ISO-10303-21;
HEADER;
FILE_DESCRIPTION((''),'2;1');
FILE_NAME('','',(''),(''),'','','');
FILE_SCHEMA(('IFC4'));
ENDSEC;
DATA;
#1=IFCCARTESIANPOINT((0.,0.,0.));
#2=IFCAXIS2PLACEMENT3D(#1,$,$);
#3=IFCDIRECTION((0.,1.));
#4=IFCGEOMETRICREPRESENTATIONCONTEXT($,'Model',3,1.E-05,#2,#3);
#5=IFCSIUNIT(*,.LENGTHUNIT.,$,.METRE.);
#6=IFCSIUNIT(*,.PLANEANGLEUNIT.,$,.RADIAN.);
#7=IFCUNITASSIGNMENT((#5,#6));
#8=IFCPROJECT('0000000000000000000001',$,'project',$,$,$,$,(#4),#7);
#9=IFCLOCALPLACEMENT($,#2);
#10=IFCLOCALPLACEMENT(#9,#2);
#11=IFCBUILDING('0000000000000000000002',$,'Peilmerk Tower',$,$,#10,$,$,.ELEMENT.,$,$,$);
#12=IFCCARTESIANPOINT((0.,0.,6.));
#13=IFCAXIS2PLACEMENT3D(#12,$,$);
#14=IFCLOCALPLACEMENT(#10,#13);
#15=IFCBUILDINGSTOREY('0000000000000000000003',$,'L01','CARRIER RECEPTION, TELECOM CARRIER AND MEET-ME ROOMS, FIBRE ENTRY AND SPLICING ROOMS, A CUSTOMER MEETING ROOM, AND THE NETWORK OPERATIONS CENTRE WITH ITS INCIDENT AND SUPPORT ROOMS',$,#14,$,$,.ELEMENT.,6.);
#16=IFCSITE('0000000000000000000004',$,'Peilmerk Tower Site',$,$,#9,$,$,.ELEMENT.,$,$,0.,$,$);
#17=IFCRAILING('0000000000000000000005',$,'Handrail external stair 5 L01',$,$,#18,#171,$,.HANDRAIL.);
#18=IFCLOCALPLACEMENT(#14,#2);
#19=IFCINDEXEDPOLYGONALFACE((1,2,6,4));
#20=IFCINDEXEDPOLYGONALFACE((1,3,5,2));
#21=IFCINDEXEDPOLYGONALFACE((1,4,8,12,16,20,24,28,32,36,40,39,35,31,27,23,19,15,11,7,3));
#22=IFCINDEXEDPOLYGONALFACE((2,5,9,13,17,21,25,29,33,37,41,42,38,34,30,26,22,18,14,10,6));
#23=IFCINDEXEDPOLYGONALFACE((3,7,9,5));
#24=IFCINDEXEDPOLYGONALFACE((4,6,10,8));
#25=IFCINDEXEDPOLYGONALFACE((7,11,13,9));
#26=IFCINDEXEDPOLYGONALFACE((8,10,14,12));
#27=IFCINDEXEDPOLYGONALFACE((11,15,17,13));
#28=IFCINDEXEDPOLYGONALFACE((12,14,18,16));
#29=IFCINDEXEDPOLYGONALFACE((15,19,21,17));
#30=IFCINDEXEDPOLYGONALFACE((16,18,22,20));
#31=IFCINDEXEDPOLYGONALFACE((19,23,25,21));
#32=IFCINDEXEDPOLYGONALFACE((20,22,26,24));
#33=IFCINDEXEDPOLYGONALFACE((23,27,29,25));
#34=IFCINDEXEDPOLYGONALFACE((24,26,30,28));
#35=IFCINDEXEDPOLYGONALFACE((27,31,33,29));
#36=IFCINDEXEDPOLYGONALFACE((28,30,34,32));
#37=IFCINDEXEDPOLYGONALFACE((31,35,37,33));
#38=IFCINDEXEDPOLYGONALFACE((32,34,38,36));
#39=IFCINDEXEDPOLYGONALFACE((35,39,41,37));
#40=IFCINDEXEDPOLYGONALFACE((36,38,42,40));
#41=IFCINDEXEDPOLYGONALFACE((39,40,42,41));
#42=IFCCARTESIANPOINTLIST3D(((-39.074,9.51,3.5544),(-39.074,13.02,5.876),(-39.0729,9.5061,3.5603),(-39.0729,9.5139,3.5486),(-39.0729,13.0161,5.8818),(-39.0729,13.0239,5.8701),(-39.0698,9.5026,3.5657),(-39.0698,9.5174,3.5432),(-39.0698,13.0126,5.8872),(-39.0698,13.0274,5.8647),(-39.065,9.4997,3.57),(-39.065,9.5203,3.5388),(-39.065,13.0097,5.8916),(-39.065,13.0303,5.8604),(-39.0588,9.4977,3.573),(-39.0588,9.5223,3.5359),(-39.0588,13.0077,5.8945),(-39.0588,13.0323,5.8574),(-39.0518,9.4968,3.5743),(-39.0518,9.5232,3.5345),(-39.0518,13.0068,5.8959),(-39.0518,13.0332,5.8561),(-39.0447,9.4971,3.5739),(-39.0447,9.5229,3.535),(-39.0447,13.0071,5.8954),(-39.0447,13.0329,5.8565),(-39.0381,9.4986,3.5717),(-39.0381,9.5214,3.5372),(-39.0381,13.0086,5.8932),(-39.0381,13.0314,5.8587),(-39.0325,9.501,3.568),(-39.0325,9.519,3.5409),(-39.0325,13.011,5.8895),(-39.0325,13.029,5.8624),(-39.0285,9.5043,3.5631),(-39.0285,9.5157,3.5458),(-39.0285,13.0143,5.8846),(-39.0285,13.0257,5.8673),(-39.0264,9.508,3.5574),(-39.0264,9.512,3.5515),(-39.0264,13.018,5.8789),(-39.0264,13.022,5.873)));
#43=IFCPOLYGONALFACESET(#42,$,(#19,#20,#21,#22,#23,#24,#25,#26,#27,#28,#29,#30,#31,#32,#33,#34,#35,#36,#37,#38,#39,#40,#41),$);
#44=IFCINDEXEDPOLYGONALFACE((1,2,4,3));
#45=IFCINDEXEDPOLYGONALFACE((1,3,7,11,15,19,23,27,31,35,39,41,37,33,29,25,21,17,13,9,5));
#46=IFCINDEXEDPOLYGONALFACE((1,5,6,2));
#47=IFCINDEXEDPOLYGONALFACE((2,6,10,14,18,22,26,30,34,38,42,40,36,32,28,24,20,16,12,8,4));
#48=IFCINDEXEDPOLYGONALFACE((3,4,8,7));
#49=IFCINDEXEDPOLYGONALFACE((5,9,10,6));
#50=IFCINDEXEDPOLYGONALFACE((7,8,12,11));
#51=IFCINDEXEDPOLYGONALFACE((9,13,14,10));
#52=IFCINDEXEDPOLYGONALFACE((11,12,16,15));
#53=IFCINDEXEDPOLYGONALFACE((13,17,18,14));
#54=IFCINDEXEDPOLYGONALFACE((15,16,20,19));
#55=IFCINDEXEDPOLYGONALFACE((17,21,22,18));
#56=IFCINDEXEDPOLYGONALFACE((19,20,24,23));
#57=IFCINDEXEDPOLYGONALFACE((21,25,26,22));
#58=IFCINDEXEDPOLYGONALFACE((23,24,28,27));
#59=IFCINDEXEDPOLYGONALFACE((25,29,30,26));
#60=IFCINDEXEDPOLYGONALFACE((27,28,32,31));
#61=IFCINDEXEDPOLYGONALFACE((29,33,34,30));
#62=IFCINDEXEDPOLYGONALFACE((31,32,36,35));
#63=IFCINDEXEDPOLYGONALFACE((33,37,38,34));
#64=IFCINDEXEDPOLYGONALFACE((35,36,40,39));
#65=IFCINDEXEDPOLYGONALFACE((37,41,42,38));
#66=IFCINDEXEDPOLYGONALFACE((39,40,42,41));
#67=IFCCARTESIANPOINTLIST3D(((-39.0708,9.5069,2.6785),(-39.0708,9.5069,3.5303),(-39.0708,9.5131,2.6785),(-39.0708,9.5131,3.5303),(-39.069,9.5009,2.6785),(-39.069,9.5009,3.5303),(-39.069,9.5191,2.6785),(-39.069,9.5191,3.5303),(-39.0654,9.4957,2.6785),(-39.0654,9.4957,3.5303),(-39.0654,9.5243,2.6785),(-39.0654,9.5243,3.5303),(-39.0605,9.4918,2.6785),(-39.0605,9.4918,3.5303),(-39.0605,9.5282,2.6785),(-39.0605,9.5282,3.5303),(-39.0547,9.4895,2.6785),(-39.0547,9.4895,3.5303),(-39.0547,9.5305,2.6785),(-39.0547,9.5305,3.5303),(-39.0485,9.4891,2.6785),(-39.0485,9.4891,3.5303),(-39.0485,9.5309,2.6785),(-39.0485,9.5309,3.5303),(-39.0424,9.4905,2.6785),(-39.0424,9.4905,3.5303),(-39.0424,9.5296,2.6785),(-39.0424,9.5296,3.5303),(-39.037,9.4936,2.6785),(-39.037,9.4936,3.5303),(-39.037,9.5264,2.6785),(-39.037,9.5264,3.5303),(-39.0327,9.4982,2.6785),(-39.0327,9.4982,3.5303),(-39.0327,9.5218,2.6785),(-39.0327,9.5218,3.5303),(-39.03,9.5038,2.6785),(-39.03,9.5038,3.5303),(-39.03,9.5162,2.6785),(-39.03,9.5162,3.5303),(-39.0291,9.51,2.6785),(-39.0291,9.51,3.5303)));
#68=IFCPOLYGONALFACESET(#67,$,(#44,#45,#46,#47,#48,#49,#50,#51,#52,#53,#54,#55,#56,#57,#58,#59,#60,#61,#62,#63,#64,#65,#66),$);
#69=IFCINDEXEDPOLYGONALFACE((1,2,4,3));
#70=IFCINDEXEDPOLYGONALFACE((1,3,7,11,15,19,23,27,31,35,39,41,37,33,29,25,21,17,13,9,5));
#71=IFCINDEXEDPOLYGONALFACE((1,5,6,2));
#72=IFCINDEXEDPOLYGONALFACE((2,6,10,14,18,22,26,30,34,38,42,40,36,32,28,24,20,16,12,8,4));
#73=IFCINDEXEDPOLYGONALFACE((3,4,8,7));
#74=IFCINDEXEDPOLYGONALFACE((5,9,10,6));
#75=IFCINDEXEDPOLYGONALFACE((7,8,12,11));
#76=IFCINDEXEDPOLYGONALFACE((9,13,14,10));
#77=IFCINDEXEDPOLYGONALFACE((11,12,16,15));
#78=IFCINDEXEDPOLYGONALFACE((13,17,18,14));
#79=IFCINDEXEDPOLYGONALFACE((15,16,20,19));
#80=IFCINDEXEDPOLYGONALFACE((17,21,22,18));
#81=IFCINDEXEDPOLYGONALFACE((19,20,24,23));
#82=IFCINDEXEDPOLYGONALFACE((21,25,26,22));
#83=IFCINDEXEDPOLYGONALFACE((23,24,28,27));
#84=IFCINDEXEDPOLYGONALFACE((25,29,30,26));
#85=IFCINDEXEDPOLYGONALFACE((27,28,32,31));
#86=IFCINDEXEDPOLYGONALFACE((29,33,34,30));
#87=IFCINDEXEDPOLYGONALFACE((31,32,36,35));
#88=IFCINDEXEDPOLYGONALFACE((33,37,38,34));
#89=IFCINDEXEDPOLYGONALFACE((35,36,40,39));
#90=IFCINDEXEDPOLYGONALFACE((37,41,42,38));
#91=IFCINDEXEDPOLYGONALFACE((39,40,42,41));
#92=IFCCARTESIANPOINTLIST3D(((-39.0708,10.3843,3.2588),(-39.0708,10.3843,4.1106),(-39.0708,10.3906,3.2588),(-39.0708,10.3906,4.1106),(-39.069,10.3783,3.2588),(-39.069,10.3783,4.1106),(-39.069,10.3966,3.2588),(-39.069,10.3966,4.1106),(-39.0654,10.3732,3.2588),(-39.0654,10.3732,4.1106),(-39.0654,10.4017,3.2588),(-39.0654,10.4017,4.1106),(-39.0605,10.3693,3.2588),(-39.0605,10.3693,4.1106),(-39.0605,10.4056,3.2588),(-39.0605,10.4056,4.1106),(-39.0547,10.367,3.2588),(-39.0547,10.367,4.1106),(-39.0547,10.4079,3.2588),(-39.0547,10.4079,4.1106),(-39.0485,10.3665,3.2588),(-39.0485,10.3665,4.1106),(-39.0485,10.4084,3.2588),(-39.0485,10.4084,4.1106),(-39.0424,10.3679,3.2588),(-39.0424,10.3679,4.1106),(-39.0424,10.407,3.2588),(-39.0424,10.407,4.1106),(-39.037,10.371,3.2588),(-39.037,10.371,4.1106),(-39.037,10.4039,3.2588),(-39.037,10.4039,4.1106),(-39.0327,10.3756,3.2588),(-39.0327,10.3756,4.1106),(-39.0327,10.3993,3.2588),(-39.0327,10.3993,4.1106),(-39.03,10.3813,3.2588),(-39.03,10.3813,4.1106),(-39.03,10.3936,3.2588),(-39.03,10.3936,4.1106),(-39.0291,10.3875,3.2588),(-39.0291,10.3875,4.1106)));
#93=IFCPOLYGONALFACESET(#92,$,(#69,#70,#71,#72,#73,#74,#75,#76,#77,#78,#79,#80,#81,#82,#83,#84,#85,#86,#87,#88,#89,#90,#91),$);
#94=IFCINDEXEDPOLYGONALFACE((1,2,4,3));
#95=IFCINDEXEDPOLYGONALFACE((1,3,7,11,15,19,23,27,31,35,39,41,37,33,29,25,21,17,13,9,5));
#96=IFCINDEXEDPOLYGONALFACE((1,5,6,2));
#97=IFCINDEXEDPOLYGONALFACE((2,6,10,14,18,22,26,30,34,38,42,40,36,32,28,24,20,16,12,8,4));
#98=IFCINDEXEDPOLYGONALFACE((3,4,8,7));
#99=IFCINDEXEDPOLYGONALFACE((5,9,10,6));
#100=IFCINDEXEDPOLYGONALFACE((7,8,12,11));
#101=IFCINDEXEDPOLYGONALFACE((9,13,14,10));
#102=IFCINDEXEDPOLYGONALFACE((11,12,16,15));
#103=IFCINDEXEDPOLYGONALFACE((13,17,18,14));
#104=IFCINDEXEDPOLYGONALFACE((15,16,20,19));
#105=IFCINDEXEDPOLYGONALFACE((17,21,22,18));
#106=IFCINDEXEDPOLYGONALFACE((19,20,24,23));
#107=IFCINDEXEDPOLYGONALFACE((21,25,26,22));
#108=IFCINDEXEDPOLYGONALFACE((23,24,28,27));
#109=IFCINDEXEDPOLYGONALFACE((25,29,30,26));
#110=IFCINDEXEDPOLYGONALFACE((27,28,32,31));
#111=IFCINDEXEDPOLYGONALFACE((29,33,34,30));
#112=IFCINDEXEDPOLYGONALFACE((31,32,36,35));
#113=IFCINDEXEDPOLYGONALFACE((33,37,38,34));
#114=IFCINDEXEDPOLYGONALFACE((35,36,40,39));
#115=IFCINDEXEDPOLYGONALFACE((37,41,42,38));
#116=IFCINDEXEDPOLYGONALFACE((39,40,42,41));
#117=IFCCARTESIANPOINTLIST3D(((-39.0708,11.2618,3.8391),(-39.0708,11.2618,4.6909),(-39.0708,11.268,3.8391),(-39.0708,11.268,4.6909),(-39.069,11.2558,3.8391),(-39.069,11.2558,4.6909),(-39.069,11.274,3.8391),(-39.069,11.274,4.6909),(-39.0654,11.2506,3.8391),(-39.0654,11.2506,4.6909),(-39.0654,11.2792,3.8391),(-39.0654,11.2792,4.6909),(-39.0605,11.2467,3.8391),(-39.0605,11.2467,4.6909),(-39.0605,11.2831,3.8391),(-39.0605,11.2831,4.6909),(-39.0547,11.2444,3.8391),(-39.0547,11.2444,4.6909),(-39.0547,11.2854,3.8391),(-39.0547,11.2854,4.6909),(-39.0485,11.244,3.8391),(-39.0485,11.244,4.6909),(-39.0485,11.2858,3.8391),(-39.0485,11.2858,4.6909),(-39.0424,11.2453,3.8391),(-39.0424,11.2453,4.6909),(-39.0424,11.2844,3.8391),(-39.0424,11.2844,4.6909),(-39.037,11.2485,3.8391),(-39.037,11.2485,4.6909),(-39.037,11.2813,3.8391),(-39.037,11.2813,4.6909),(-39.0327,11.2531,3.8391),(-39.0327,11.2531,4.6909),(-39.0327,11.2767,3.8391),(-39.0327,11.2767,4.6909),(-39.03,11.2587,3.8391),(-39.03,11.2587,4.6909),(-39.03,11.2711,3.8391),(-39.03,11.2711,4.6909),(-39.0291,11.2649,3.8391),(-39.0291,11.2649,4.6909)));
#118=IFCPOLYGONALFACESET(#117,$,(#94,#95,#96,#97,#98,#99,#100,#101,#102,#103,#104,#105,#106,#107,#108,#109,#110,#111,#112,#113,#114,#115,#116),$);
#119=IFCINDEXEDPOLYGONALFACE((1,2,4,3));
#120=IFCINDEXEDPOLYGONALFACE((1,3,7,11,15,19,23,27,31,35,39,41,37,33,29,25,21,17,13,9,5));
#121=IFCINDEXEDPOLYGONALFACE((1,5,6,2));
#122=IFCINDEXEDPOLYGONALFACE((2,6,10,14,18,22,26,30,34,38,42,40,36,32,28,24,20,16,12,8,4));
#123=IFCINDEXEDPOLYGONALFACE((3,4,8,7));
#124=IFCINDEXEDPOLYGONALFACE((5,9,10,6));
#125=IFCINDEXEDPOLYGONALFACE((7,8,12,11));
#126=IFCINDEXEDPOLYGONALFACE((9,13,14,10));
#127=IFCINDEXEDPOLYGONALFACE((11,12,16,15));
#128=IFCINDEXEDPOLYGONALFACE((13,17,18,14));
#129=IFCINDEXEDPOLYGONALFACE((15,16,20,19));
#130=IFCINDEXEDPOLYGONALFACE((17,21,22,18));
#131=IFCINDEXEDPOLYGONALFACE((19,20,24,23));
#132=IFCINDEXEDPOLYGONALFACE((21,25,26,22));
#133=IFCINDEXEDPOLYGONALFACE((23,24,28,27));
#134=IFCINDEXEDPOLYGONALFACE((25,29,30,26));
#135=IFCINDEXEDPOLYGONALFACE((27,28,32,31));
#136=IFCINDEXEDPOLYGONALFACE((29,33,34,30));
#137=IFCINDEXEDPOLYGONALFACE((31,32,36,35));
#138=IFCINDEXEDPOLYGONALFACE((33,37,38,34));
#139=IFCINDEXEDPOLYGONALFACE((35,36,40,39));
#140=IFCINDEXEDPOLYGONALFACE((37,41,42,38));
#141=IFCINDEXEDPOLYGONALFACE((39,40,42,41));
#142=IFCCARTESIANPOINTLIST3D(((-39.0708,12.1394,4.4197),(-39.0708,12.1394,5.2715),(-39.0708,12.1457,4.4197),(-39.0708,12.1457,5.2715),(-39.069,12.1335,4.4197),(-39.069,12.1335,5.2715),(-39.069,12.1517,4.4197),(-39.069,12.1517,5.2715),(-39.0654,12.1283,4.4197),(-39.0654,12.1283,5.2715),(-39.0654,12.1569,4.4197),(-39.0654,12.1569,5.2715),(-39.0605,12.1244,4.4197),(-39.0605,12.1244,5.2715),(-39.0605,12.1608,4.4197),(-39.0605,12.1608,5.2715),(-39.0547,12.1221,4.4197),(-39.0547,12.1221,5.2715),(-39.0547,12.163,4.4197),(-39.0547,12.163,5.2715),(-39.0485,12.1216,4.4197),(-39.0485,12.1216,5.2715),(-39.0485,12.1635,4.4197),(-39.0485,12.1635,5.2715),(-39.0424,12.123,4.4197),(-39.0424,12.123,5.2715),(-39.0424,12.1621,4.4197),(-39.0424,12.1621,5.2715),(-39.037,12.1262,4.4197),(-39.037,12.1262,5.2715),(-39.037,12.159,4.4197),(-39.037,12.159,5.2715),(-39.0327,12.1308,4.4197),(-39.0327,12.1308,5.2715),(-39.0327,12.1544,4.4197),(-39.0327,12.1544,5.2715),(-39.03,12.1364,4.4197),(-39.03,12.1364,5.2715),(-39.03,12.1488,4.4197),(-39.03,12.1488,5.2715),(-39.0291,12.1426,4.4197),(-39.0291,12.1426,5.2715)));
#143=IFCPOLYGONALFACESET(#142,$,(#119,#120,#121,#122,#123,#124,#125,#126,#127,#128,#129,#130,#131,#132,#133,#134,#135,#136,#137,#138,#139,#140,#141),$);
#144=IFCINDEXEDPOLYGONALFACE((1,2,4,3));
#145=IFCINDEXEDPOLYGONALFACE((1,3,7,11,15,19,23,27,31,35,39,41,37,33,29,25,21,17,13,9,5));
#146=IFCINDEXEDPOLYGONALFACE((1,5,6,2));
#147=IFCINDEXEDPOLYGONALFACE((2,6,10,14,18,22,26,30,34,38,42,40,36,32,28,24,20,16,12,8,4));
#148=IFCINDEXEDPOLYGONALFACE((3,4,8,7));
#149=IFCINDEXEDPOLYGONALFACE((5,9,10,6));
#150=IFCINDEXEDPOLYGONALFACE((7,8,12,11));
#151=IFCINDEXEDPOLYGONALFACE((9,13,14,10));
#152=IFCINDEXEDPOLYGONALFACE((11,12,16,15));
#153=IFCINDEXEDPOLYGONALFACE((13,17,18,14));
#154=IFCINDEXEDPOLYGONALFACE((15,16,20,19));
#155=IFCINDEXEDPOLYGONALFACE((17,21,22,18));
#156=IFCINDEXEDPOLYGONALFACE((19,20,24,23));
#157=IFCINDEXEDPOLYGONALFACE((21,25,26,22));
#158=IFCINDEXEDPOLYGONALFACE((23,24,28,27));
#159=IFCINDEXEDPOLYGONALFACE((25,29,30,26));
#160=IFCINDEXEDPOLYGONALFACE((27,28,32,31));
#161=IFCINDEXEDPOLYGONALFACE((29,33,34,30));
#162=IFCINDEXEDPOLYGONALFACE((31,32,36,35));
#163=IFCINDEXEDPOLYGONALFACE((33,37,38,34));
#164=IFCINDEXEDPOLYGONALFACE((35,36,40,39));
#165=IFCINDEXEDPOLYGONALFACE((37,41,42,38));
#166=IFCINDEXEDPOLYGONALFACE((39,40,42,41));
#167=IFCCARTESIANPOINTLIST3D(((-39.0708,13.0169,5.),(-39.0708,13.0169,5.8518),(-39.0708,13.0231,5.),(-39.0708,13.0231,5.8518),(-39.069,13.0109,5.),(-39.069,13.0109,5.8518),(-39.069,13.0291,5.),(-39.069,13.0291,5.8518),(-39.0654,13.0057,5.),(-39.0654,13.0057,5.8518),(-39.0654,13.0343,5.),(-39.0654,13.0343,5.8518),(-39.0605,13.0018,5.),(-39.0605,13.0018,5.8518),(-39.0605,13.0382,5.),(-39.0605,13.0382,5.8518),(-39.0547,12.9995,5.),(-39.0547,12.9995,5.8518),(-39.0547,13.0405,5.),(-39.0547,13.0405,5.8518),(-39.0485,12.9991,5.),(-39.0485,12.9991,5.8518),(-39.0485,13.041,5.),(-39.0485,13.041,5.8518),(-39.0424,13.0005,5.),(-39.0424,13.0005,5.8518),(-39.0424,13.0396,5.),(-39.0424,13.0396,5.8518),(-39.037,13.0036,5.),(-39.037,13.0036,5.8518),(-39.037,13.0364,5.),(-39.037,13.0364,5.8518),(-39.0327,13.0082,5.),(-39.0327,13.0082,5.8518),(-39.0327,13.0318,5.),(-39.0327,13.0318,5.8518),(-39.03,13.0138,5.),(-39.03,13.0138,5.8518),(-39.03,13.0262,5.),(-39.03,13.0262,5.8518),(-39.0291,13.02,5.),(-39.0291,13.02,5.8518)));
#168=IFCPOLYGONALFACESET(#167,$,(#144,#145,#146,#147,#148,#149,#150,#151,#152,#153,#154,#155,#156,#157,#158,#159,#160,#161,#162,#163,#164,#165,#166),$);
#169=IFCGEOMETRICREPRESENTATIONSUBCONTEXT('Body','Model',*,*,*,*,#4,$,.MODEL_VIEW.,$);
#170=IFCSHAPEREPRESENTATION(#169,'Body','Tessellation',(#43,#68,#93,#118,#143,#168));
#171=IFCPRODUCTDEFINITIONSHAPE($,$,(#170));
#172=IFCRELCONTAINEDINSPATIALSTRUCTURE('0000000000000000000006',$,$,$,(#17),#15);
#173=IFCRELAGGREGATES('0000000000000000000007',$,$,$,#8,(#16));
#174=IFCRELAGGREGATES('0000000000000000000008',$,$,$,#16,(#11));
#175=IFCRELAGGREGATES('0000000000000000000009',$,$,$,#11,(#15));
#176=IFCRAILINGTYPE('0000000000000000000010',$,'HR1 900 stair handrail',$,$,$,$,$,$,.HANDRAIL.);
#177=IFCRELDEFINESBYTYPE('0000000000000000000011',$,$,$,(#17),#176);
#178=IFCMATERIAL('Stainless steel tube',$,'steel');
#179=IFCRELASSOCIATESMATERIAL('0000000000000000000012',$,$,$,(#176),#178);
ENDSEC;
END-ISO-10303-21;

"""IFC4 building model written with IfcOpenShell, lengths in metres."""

from ifc_helpers import new_model, si_unit, direction, frame, origin, origin_2d, place, context, subcontext, project, spatial, circle, extrude, material, type_object, element, save


model = new_model("IFC4")

# Units and contexts
model_context = context("Model", 3, precision=1e-05, world=origin(), true_north=direction((0.0, 1.0)))
body_context = subcontext(model_context, "Body", "Model", "MODEL_VIEW")
ifc_project = project(units=[si_unit("LENGTHUNIT", "METRE"), si_unit("PLANEANGLEUNIT", "RADIAN")], contexts=[model_context])

# Site, building, storey
site_placement = place(None, origin())
site = spatial("IfcSite", under=ifc_project, at=site_placement, Name="Peilmerk Tower Site", CompositionType="ELEMENT", RefElevation=0.0)
building_placement = place(site_placement, origin())
building = spatial("IfcBuilding", under=site, at=building_placement, Name="Peilmerk Tower", CompositionType="ELEMENT")
storey_placement = place(building_placement, frame((0.0, 0.0, 6.0)))
storey = spatial("IfcBuildingStorey", under=building, at=storey_placement, Name="L01", Description="CARRIER RECEPTION, TELECOM CARRIER AND MEET-ME ROOMS, FIBRE ENTRY AND SPLICING ROOMS, A CUSTOMER MEETING ROOM, AND THE NETWORK OPERATIONS CENTRE WITH ITS INCIDENT AND SUPPORT ROOMS", CompositionType="ELEMENT", Elevation=6.0)

# Railing
ifc_material_1 = material(Name="Stainless steel tube", Category="steel")
railing_type_1 = type_object("IfcRailingType", Name="HR1 900 stair handrail", PredefinedType="HANDRAIL", material=ifc_material_1)
for number, where, name in (
    (1, (-39.05, 9.51, 2.6785), "Handrail external stair 5 L01"),
):
    element("IfcRailing", number, at=place(storey_placement, frame(where)), inside=storey, type_object=railing_type_1, Name=name, PredefinedType="HANDRAIL", context=body_context, shape_type="SweptSolid", body=[
        extrude(circle(Radius=0.0239, at=origin_2d()), frame((0.0, 0.0, 0.876), z_axis=(0.0, 0.834071, 0.551657), x_axis=(-1.0, 0.0, 0.0)), (0.0, 0.0, 1.0), 4.2083),
        extrude(circle(Radius=0.021, at=origin_2d()), origin(), (0.0, 0.0, 1.0), 0.8518),
        extrude(circle(Radius=0.021, at=origin_2d()), frame((0.0, 0.8774, 0.5803)), (0.0, 0.0, 1.0), 0.8518),
        extrude(circle(Radius=0.021, at=origin_2d()), frame((0.0, 1.7549, 1.1606)), (0.0, 0.0, 1.0), 0.8518),
        extrude(circle(Radius=0.021, at=origin_2d()), frame((0.0, 2.6326, 1.7412)), (0.0, 0.0, 1.0), 0.8518),
        extrude(circle(Radius=0.021, at=origin_2d()), frame((0.0, 3.51, 2.3215)), (0.0, 0.0, 1.0), 0.8518),
    ])

save(model, "model.ifc")
